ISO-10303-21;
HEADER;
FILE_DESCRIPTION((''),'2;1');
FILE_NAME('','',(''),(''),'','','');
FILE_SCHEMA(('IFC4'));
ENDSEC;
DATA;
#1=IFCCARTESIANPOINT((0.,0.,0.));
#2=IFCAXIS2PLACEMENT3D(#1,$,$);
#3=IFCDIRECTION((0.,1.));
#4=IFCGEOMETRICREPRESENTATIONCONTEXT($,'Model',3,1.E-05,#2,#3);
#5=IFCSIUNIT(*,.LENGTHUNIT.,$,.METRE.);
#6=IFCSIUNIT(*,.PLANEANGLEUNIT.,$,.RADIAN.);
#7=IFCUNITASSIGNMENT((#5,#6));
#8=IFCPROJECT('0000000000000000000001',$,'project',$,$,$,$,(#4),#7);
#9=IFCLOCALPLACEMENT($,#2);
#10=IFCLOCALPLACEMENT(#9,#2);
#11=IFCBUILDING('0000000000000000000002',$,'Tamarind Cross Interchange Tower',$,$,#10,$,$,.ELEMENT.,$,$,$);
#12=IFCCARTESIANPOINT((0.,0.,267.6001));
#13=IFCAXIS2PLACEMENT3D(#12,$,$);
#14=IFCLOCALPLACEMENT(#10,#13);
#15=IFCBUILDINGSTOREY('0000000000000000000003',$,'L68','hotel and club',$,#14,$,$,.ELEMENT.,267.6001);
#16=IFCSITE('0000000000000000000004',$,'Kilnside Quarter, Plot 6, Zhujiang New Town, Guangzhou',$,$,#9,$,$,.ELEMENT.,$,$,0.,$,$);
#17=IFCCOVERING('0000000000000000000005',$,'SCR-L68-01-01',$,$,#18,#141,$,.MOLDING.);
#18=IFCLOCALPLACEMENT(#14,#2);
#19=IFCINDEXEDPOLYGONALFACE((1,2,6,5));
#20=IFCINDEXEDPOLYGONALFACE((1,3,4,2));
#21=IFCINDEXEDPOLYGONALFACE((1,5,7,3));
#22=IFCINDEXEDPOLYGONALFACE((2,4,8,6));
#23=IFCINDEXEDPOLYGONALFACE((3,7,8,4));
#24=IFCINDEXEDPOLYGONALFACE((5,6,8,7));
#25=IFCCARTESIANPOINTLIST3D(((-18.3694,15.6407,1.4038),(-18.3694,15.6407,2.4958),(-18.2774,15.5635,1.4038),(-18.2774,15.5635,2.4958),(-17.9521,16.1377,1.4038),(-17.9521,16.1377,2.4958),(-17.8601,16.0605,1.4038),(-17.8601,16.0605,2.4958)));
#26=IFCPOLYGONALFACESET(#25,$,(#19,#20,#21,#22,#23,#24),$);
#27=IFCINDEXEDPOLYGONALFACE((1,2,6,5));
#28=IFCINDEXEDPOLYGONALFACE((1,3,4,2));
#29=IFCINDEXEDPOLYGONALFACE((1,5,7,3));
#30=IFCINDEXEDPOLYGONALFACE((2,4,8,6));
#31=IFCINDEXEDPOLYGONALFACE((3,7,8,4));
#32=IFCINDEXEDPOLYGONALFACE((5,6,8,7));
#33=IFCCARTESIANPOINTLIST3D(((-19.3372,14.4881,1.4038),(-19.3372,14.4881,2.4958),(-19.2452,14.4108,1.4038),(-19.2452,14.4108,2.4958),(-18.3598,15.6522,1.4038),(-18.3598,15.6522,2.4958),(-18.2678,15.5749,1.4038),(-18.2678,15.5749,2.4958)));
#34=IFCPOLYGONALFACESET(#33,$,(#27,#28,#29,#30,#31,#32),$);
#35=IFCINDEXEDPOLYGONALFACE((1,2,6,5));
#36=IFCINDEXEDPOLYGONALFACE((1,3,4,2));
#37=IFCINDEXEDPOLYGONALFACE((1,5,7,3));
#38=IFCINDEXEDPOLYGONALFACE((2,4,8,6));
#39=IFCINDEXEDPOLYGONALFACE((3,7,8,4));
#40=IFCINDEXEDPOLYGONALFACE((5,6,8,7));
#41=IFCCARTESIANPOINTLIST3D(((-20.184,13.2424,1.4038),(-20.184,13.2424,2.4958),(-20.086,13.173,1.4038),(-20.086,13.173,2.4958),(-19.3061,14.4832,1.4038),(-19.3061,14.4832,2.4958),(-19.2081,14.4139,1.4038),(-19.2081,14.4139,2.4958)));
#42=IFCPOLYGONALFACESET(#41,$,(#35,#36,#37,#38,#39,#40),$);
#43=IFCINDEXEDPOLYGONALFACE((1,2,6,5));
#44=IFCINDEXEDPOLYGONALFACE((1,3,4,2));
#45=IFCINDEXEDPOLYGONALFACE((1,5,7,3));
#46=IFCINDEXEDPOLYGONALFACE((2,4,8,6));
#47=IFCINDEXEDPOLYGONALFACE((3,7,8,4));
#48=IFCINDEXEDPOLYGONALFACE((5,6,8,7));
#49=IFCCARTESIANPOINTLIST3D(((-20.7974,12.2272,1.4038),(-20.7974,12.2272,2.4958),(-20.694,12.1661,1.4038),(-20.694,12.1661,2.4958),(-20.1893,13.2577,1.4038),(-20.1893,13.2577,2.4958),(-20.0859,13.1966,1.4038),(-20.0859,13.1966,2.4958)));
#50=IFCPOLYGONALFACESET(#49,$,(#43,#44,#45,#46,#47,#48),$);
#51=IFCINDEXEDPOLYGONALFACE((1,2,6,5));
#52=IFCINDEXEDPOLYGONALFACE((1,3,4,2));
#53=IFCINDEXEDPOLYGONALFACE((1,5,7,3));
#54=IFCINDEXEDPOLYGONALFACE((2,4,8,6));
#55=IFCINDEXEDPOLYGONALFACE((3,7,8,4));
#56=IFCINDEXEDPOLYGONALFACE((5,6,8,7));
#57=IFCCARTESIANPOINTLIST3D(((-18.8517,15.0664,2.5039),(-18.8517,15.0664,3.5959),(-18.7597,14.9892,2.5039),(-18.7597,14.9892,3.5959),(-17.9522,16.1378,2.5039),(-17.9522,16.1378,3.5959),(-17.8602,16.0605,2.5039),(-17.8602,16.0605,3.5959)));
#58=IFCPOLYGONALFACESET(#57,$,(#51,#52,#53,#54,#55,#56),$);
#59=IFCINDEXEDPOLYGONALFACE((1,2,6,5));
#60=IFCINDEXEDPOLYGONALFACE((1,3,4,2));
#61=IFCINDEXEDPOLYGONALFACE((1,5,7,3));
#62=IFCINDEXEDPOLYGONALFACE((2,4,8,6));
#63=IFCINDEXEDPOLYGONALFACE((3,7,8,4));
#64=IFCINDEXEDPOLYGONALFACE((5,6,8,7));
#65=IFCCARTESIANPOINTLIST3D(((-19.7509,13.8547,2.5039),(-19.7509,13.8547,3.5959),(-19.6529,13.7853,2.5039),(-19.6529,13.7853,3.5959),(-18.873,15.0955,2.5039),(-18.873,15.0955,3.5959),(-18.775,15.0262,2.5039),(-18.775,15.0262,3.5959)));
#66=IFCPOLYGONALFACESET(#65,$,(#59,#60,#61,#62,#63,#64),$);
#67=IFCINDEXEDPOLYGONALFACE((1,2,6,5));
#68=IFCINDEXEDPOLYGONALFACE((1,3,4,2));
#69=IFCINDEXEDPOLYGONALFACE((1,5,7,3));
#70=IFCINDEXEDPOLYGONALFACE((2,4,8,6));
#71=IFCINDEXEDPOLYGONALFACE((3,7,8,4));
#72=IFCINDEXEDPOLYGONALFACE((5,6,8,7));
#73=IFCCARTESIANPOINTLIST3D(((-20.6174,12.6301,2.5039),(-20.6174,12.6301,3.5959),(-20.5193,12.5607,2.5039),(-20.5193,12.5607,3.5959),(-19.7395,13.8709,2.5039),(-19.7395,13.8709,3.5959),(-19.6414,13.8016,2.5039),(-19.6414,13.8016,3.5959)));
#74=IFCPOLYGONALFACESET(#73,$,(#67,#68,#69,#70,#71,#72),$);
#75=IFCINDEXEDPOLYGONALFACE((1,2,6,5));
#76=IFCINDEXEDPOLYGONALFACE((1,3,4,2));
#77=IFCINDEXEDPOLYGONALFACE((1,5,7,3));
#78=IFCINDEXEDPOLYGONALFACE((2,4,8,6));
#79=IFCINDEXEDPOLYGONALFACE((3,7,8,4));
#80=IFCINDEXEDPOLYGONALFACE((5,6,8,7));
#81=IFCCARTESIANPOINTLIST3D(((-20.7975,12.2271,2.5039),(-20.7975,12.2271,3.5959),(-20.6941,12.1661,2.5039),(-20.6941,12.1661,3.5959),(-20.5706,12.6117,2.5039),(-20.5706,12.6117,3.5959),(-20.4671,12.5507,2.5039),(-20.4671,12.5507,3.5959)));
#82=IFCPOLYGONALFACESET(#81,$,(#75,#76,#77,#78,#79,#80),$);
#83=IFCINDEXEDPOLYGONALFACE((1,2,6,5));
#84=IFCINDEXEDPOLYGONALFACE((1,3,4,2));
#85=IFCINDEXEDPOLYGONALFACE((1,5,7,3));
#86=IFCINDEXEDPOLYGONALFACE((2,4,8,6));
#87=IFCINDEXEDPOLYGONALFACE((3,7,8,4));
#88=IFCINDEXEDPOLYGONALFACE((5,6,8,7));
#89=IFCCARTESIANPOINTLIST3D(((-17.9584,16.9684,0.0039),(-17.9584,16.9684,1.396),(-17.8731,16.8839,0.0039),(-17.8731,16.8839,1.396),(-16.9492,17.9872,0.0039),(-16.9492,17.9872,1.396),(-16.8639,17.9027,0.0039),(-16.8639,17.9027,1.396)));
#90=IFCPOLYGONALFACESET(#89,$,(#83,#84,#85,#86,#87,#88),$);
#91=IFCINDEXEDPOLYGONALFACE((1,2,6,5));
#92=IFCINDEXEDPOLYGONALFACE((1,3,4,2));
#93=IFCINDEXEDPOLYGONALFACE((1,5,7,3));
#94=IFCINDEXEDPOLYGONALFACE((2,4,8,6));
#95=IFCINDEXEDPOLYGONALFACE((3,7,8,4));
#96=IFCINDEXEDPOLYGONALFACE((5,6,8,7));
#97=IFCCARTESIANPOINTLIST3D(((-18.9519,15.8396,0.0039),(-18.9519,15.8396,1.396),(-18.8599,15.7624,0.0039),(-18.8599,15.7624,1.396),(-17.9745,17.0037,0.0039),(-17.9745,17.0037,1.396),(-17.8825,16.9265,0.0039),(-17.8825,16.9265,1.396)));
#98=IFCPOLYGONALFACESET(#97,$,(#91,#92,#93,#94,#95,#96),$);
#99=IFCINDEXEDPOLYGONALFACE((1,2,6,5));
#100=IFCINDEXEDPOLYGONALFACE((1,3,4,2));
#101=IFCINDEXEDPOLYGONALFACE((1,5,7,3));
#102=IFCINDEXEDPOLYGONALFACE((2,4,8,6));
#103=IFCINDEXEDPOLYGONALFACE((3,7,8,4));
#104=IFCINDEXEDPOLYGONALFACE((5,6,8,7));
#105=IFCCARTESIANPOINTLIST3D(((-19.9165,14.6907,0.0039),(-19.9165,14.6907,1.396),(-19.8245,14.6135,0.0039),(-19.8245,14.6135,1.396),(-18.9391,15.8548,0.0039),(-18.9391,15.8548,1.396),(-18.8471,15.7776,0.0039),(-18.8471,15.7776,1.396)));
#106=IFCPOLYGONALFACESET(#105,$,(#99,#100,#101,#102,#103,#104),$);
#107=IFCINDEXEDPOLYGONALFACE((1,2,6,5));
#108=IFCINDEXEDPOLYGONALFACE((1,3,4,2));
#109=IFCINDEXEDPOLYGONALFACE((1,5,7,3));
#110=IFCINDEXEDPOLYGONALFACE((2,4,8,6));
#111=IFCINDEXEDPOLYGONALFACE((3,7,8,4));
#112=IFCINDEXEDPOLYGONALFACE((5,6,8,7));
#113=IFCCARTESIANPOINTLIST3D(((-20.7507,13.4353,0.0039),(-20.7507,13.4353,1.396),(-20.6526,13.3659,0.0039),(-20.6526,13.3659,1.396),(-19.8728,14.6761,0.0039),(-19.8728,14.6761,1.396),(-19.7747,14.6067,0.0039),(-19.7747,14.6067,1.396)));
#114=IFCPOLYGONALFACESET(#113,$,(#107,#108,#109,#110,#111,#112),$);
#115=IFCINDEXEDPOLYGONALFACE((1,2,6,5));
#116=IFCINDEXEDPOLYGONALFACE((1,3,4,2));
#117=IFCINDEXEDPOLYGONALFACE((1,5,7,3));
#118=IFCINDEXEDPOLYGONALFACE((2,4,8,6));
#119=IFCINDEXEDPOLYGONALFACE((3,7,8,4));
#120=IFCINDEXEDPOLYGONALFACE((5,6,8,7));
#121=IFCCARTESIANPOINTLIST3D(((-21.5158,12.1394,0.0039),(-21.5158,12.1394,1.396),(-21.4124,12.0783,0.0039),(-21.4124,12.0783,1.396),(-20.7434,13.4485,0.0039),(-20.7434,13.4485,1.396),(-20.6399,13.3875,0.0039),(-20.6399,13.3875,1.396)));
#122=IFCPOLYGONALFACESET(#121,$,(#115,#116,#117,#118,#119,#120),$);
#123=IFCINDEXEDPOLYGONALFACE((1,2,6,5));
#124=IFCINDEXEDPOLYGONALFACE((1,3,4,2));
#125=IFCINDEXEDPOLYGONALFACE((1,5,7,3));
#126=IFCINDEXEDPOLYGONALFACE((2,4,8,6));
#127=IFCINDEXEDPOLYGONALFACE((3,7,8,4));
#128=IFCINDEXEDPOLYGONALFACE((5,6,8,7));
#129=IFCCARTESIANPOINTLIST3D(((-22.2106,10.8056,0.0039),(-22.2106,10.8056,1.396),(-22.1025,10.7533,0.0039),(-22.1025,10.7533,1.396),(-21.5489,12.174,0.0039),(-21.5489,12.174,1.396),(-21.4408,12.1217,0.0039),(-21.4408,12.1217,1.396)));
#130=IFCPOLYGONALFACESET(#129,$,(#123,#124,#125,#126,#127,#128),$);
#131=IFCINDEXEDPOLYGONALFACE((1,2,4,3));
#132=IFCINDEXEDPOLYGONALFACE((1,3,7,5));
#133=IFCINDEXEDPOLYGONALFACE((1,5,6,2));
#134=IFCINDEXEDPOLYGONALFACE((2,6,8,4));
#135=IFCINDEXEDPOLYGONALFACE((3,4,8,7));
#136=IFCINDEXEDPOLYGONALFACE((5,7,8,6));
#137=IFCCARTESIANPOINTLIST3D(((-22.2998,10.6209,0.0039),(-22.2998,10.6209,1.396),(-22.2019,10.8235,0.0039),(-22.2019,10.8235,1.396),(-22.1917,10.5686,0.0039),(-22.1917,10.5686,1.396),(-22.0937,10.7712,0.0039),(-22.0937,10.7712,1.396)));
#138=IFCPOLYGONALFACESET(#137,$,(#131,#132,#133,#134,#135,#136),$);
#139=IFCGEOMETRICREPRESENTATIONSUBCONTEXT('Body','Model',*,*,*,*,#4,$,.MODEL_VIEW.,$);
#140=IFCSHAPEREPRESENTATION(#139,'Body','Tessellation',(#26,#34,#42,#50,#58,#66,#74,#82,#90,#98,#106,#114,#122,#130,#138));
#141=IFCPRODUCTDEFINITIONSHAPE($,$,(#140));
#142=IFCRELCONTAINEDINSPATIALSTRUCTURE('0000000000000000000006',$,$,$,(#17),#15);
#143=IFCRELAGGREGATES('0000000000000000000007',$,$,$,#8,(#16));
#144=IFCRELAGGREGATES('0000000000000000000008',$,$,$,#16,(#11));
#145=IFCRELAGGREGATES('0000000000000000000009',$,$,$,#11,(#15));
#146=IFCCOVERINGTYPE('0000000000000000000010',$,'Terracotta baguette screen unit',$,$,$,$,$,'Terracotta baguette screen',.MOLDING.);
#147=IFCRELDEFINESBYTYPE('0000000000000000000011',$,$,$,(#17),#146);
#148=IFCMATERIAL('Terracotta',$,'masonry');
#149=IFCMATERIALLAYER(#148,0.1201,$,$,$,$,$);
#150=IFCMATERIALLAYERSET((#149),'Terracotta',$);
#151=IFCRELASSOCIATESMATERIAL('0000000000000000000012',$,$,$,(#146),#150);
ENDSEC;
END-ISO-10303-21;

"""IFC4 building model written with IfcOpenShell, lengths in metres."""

from ifc_helpers import new_model, si_unit, direction, frame, origin, origin_2d, place, context, subcontext, project, spatial, rectangle, extrude, material, layer, layer_set, type_object, element, save


model = new_model("IFC4")

# Units and contexts
model_context = context("Model", 3, precision=1e-05, world=origin(), true_north=direction((0.0, 1.0)))
body_context = subcontext(model_context, "Body", "Model", "MODEL_VIEW")
ifc_project = project(units=[si_unit("LENGTHUNIT", "METRE"), si_unit("PLANEANGLEUNIT", "RADIAN")], contexts=[model_context])

# Site, building, storey
site_placement = place(None, origin())
site = spatial("IfcSite", under=ifc_project, at=site_placement, Name="Kilnside Quarter, Plot 6, Zhujiang New Town, Guangzhou", CompositionType="ELEMENT", RefElevation=0.0)
building_placement = place(site_placement, origin())
building = spatial("IfcBuilding", under=site, at=building_placement, Name="Tamarind Cross Interchange Tower", CompositionType="ELEMENT")
storey_placement = place(building_placement, frame((0.0, 0.0, 267.6001)))
storey = spatial("IfcBuildingStorey", under=building, at=storey_placement, Name="L68", Description="hotel and club", CompositionType="ELEMENT", Elevation=267.6001)

# Covering
ifc_material_1 = material(Name="Terracotta", Category="masonry")
ifc_layer_1 = layer(ifc_material_1, 0.1201)
ifc_layer_set_1 = layer_set([ifc_layer_1], Name="Terracotta")
covering_type = type_object("IfcCoveringType", Name="Terracotta baguette screen unit", ElementType="Terracotta baguette screen", PredefinedType="MOLDING", material=ifc_layer_set_1)
covering_1_placement = place(storey_placement, origin())
element("IfcCovering", 1, at=covering_1_placement, inside=storey, type_object=covering_type, Name="SCR-L68-01-01", PredefinedType="MOLDING", context=body_context, shape_type="SweptSolid", body=[
    extrude(rectangle(XDim=0.6489, YDim=0.1201, at=origin_2d()), frame((-18.1147, 15.8506, 1.4038), z_axis=(0.0, 0.0, 1.0), x_axis=(-0.643009, -0.765858, 0.0)), (0.0, 0.0, 1.0), 1.092),
    extrude(rectangle(XDim=1.52, YDim=0.1201, at=origin_2d()), frame((-18.8025, 15.0315, 1.4038), z_axis=(0.0, 0.0, 1.0), x_axis=(-0.643009, -0.765858, 0.0)), (0.0, 0.0, 1.0), 1.092),
    extrude(rectangle(XDim=1.52, YDim=0.1201, at=origin_2d()), frame((-19.696, 13.8281, 1.4038), z_axis=(0.0, 0.0, 1.0), x_axis=(-0.577569, -0.816342, 0.0)), (0.0, 0.0, 1.0), 1.092),
    extrude(rectangle(XDim=1.1965, YDim=0.1201, at=origin_2d()), frame((-20.4417, 12.7119, 1.4038), z_axis=(0.0, 0.0, 1.0), x_axis=(-0.508183, -0.861249, 0.0)), (0.0, 0.0, 1.0), 1.092),
    extrude(rectangle(XDim=1.3989, YDim=0.1201, at=origin_2d()), frame((-18.356, 15.5635, 2.5039), z_axis=(0.0, 0.0, 1.0), x_axis=(-0.643009, -0.765858, 0.0)), (0.0, 0.0, 1.0), 1.092),
    extrude(rectangle(XDim=1.52, YDim=0.1201, at=origin_2d()), frame((-19.2629, 14.4404, 2.5039), z_axis=(0.0, 0.0, 1.0), x_axis=(-0.577569, -0.816342, 0.0)), (0.0, 0.0, 1.0), 1.092),
    extrude(rectangle(XDim=1.52, YDim=0.1201, at=origin_2d()), frame((-20.1294, 13.2158, 2.5039), z_axis=(0.0, 0.0, 1.0), x_axis=(-0.577569, -0.816342, 0.0)), (0.0, 0.0, 1.0), 1.092),
    extrude(rectangle(XDim=0.4465, YDim=0.1201, at=origin_2d()), frame((-20.6323, 12.3889, 2.5039), z_axis=(0.0, 0.0, 1.0), x_axis=(-0.508183, -0.861249, 0.0)), (0.0, 0.0, 1.0), 1.092),
    extrude(rectangle(XDim=1.4341, YDim=0.1201, at=origin_2d()), frame((-17.4111, 17.4355, 0.0039), z_axis=(0.0, 0.0, 1.0), x_axis=(-0.70374, -0.710458, 0.0)), (0.0, 0.0, 1.0), 1.3921),
    extrude(rectangle(XDim=1.52, YDim=0.1201, at=origin_2d()), frame((-18.4172, 16.3831, 0.0039), z_axis=(0.0, 0.0, 1.0), x_axis=(-0.643009, -0.765858, 0.0)), (0.0, 0.0, 1.0), 1.3921),
    extrude(rectangle(XDim=1.52, YDim=0.1201, at=origin_2d()), frame((-19.3818, 15.2341, 0.0039), z_axis=(0.0, 0.0, 1.0), x_axis=(-0.643009, -0.765858, 0.0)), (0.0, 0.0, 1.0), 1.3921),
    extrude(rectangle(XDim=1.52, YDim=0.1201, at=origin_2d()), frame((-20.2627, 14.021, 0.0039), z_axis=(0.0, 0.0, 1.0), x_axis=(-0.577569, -0.816342, 0.0)), (0.0, 0.0, 1.0), 1.3921),
    extrude(rectangle(XDim=1.52, YDim=0.1201, at=origin_2d()), frame((-21.0779, 12.7634, 0.0039), z_axis=(0.0, 0.0, 1.0), x_axis=(-0.508183, -0.861249, 0.0)), (0.0, 0.0, 1.0), 1.3921),
    extrude(rectangle(XDim=1.52, YDim=0.1201, at=origin_2d()), frame((-21.8257, 11.4636, 0.0039), z_axis=(0.0, 0.0, 1.0), x_axis=(-0.435326, -0.900273, 0.0)), (0.0, 0.0, 1.0), 1.3921),
    extrude(rectangle(XDim=0.2251, YDim=0.1201, at=origin_2d()), frame((-22.1968, 10.696, 0.0039), z_axis=(0.0, 0.0, 1.0), x_axis=(-0.435326, -0.900273, 0.0)), (0.0, 0.0, 1.0), 1.3921),
])

save(model, "model.ifc")
